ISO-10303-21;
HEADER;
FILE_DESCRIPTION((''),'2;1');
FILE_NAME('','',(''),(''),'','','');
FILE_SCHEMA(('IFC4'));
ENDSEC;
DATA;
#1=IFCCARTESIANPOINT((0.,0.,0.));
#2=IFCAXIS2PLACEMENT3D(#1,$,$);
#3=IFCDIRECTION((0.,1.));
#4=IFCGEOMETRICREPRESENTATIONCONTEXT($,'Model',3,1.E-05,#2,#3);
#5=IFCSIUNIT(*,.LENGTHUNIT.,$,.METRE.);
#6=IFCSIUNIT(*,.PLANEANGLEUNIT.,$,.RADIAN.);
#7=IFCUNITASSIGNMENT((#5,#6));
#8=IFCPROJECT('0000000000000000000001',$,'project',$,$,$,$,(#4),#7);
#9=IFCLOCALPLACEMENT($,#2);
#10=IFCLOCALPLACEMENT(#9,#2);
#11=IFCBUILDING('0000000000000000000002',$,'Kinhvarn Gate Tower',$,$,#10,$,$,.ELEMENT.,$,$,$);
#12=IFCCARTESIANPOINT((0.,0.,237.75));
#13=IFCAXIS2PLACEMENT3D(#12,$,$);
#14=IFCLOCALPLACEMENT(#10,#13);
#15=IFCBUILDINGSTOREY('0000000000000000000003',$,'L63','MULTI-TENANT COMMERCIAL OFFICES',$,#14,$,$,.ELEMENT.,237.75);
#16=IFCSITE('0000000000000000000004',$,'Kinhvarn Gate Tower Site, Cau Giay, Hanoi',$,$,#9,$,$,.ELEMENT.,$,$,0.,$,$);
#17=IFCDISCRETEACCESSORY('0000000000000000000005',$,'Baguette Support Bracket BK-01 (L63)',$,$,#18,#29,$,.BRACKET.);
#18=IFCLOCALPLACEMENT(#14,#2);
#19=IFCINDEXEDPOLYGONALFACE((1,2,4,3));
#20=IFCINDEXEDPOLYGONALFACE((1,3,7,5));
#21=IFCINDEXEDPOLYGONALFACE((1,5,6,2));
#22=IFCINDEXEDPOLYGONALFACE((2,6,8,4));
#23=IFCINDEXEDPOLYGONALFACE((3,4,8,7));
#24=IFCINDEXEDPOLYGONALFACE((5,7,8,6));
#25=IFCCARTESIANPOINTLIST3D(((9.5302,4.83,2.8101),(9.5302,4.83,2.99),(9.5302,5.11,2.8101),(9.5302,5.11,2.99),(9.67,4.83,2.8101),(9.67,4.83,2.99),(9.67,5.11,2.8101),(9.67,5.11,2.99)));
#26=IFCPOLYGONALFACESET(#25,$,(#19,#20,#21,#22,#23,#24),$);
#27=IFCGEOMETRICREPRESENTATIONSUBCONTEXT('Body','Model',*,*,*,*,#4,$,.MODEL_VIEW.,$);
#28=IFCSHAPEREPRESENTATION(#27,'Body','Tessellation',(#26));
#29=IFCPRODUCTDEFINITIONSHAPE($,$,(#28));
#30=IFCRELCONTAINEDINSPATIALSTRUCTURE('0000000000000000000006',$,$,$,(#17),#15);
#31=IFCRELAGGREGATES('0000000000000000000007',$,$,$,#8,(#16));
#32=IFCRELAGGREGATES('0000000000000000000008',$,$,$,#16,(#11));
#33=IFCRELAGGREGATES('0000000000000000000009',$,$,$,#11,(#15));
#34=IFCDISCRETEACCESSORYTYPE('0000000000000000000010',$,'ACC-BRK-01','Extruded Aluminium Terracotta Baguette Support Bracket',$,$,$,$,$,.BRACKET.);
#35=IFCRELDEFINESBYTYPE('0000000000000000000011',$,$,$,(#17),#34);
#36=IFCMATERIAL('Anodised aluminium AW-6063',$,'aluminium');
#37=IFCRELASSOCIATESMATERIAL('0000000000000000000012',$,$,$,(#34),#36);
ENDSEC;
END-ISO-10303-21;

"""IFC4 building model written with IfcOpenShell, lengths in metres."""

from ifc_helpers import new_model, si_unit, direction, frame, origin, origin_2d, place, context, subcontext, project, spatial, rectangle, extrude, material, type_object, element, save


model = new_model("IFC4")

# Units and contexts
model_context = context("Model", 3, precision=1e-05, world=origin(), true_north=direction((0.0, 1.0)))
body_context = subcontext(model_context, "Body", "Model", "MODEL_VIEW")
ifc_project = project(units=[si_unit("LENGTHUNIT", "METRE"), si_unit("PLANEANGLEUNIT", "RADIAN")], contexts=[model_context])

# Site, building, storey
site_placement = place(None, origin())
site = spatial("IfcSite", under=ifc_project, at=site_placement, Name="Kinhvarn Gate Tower Site, Cau Giay, Hanoi", CompositionType="ELEMENT", RefElevation=0.0)
building_placement = place(site_placement, origin())
building = spatial("IfcBuilding", under=site, at=building_placement, Name="Kinhvarn Gate Tower", CompositionType="ELEMENT")
storey_placement = place(building_placement, frame((0.0, 0.0, 237.75)))
storey = spatial("IfcBuildingStorey", under=building, at=storey_placement, Name="L63", Description="MULTI-TENANT COMMERCIAL OFFICES", CompositionType="ELEMENT", Elevation=237.75)

# Shared definitions
ifc_material_1 = material(Name="Anodised aluminium AW-6063", Category="aluminium")

# Discrete accessory
discrete_accessory_type = type_object("IfcDiscreteAccessoryType", Name="ACC-BRK-01", Description="Extruded Aluminium Terracotta Baguette Support Bracket", PredefinedType="BRACKET", material=ifc_material_1)
discrete_accessory_placement = place(storey_placement, frame((9.6001, 4.97, 2.8101), z_axis=(0.0, 0.0, 1.0), x_axis=(1.0, 0.0, 0.0)))
element("IfcDiscreteAccessory", 1, at=discrete_accessory_placement, inside=storey, type_object=discrete_accessory_type, Name="Baguette Support Bracket BK-01 (L63)", PredefinedType="BRACKET", context=body_context, shape_type="SweptSolid", body=[
    extrude(rectangle(XDim=0.1399, YDim=0.28, at=origin_2d()), origin(), (0.0, 0.0, 1.0), 0.1799),
])

save(model, "model.ifc")
